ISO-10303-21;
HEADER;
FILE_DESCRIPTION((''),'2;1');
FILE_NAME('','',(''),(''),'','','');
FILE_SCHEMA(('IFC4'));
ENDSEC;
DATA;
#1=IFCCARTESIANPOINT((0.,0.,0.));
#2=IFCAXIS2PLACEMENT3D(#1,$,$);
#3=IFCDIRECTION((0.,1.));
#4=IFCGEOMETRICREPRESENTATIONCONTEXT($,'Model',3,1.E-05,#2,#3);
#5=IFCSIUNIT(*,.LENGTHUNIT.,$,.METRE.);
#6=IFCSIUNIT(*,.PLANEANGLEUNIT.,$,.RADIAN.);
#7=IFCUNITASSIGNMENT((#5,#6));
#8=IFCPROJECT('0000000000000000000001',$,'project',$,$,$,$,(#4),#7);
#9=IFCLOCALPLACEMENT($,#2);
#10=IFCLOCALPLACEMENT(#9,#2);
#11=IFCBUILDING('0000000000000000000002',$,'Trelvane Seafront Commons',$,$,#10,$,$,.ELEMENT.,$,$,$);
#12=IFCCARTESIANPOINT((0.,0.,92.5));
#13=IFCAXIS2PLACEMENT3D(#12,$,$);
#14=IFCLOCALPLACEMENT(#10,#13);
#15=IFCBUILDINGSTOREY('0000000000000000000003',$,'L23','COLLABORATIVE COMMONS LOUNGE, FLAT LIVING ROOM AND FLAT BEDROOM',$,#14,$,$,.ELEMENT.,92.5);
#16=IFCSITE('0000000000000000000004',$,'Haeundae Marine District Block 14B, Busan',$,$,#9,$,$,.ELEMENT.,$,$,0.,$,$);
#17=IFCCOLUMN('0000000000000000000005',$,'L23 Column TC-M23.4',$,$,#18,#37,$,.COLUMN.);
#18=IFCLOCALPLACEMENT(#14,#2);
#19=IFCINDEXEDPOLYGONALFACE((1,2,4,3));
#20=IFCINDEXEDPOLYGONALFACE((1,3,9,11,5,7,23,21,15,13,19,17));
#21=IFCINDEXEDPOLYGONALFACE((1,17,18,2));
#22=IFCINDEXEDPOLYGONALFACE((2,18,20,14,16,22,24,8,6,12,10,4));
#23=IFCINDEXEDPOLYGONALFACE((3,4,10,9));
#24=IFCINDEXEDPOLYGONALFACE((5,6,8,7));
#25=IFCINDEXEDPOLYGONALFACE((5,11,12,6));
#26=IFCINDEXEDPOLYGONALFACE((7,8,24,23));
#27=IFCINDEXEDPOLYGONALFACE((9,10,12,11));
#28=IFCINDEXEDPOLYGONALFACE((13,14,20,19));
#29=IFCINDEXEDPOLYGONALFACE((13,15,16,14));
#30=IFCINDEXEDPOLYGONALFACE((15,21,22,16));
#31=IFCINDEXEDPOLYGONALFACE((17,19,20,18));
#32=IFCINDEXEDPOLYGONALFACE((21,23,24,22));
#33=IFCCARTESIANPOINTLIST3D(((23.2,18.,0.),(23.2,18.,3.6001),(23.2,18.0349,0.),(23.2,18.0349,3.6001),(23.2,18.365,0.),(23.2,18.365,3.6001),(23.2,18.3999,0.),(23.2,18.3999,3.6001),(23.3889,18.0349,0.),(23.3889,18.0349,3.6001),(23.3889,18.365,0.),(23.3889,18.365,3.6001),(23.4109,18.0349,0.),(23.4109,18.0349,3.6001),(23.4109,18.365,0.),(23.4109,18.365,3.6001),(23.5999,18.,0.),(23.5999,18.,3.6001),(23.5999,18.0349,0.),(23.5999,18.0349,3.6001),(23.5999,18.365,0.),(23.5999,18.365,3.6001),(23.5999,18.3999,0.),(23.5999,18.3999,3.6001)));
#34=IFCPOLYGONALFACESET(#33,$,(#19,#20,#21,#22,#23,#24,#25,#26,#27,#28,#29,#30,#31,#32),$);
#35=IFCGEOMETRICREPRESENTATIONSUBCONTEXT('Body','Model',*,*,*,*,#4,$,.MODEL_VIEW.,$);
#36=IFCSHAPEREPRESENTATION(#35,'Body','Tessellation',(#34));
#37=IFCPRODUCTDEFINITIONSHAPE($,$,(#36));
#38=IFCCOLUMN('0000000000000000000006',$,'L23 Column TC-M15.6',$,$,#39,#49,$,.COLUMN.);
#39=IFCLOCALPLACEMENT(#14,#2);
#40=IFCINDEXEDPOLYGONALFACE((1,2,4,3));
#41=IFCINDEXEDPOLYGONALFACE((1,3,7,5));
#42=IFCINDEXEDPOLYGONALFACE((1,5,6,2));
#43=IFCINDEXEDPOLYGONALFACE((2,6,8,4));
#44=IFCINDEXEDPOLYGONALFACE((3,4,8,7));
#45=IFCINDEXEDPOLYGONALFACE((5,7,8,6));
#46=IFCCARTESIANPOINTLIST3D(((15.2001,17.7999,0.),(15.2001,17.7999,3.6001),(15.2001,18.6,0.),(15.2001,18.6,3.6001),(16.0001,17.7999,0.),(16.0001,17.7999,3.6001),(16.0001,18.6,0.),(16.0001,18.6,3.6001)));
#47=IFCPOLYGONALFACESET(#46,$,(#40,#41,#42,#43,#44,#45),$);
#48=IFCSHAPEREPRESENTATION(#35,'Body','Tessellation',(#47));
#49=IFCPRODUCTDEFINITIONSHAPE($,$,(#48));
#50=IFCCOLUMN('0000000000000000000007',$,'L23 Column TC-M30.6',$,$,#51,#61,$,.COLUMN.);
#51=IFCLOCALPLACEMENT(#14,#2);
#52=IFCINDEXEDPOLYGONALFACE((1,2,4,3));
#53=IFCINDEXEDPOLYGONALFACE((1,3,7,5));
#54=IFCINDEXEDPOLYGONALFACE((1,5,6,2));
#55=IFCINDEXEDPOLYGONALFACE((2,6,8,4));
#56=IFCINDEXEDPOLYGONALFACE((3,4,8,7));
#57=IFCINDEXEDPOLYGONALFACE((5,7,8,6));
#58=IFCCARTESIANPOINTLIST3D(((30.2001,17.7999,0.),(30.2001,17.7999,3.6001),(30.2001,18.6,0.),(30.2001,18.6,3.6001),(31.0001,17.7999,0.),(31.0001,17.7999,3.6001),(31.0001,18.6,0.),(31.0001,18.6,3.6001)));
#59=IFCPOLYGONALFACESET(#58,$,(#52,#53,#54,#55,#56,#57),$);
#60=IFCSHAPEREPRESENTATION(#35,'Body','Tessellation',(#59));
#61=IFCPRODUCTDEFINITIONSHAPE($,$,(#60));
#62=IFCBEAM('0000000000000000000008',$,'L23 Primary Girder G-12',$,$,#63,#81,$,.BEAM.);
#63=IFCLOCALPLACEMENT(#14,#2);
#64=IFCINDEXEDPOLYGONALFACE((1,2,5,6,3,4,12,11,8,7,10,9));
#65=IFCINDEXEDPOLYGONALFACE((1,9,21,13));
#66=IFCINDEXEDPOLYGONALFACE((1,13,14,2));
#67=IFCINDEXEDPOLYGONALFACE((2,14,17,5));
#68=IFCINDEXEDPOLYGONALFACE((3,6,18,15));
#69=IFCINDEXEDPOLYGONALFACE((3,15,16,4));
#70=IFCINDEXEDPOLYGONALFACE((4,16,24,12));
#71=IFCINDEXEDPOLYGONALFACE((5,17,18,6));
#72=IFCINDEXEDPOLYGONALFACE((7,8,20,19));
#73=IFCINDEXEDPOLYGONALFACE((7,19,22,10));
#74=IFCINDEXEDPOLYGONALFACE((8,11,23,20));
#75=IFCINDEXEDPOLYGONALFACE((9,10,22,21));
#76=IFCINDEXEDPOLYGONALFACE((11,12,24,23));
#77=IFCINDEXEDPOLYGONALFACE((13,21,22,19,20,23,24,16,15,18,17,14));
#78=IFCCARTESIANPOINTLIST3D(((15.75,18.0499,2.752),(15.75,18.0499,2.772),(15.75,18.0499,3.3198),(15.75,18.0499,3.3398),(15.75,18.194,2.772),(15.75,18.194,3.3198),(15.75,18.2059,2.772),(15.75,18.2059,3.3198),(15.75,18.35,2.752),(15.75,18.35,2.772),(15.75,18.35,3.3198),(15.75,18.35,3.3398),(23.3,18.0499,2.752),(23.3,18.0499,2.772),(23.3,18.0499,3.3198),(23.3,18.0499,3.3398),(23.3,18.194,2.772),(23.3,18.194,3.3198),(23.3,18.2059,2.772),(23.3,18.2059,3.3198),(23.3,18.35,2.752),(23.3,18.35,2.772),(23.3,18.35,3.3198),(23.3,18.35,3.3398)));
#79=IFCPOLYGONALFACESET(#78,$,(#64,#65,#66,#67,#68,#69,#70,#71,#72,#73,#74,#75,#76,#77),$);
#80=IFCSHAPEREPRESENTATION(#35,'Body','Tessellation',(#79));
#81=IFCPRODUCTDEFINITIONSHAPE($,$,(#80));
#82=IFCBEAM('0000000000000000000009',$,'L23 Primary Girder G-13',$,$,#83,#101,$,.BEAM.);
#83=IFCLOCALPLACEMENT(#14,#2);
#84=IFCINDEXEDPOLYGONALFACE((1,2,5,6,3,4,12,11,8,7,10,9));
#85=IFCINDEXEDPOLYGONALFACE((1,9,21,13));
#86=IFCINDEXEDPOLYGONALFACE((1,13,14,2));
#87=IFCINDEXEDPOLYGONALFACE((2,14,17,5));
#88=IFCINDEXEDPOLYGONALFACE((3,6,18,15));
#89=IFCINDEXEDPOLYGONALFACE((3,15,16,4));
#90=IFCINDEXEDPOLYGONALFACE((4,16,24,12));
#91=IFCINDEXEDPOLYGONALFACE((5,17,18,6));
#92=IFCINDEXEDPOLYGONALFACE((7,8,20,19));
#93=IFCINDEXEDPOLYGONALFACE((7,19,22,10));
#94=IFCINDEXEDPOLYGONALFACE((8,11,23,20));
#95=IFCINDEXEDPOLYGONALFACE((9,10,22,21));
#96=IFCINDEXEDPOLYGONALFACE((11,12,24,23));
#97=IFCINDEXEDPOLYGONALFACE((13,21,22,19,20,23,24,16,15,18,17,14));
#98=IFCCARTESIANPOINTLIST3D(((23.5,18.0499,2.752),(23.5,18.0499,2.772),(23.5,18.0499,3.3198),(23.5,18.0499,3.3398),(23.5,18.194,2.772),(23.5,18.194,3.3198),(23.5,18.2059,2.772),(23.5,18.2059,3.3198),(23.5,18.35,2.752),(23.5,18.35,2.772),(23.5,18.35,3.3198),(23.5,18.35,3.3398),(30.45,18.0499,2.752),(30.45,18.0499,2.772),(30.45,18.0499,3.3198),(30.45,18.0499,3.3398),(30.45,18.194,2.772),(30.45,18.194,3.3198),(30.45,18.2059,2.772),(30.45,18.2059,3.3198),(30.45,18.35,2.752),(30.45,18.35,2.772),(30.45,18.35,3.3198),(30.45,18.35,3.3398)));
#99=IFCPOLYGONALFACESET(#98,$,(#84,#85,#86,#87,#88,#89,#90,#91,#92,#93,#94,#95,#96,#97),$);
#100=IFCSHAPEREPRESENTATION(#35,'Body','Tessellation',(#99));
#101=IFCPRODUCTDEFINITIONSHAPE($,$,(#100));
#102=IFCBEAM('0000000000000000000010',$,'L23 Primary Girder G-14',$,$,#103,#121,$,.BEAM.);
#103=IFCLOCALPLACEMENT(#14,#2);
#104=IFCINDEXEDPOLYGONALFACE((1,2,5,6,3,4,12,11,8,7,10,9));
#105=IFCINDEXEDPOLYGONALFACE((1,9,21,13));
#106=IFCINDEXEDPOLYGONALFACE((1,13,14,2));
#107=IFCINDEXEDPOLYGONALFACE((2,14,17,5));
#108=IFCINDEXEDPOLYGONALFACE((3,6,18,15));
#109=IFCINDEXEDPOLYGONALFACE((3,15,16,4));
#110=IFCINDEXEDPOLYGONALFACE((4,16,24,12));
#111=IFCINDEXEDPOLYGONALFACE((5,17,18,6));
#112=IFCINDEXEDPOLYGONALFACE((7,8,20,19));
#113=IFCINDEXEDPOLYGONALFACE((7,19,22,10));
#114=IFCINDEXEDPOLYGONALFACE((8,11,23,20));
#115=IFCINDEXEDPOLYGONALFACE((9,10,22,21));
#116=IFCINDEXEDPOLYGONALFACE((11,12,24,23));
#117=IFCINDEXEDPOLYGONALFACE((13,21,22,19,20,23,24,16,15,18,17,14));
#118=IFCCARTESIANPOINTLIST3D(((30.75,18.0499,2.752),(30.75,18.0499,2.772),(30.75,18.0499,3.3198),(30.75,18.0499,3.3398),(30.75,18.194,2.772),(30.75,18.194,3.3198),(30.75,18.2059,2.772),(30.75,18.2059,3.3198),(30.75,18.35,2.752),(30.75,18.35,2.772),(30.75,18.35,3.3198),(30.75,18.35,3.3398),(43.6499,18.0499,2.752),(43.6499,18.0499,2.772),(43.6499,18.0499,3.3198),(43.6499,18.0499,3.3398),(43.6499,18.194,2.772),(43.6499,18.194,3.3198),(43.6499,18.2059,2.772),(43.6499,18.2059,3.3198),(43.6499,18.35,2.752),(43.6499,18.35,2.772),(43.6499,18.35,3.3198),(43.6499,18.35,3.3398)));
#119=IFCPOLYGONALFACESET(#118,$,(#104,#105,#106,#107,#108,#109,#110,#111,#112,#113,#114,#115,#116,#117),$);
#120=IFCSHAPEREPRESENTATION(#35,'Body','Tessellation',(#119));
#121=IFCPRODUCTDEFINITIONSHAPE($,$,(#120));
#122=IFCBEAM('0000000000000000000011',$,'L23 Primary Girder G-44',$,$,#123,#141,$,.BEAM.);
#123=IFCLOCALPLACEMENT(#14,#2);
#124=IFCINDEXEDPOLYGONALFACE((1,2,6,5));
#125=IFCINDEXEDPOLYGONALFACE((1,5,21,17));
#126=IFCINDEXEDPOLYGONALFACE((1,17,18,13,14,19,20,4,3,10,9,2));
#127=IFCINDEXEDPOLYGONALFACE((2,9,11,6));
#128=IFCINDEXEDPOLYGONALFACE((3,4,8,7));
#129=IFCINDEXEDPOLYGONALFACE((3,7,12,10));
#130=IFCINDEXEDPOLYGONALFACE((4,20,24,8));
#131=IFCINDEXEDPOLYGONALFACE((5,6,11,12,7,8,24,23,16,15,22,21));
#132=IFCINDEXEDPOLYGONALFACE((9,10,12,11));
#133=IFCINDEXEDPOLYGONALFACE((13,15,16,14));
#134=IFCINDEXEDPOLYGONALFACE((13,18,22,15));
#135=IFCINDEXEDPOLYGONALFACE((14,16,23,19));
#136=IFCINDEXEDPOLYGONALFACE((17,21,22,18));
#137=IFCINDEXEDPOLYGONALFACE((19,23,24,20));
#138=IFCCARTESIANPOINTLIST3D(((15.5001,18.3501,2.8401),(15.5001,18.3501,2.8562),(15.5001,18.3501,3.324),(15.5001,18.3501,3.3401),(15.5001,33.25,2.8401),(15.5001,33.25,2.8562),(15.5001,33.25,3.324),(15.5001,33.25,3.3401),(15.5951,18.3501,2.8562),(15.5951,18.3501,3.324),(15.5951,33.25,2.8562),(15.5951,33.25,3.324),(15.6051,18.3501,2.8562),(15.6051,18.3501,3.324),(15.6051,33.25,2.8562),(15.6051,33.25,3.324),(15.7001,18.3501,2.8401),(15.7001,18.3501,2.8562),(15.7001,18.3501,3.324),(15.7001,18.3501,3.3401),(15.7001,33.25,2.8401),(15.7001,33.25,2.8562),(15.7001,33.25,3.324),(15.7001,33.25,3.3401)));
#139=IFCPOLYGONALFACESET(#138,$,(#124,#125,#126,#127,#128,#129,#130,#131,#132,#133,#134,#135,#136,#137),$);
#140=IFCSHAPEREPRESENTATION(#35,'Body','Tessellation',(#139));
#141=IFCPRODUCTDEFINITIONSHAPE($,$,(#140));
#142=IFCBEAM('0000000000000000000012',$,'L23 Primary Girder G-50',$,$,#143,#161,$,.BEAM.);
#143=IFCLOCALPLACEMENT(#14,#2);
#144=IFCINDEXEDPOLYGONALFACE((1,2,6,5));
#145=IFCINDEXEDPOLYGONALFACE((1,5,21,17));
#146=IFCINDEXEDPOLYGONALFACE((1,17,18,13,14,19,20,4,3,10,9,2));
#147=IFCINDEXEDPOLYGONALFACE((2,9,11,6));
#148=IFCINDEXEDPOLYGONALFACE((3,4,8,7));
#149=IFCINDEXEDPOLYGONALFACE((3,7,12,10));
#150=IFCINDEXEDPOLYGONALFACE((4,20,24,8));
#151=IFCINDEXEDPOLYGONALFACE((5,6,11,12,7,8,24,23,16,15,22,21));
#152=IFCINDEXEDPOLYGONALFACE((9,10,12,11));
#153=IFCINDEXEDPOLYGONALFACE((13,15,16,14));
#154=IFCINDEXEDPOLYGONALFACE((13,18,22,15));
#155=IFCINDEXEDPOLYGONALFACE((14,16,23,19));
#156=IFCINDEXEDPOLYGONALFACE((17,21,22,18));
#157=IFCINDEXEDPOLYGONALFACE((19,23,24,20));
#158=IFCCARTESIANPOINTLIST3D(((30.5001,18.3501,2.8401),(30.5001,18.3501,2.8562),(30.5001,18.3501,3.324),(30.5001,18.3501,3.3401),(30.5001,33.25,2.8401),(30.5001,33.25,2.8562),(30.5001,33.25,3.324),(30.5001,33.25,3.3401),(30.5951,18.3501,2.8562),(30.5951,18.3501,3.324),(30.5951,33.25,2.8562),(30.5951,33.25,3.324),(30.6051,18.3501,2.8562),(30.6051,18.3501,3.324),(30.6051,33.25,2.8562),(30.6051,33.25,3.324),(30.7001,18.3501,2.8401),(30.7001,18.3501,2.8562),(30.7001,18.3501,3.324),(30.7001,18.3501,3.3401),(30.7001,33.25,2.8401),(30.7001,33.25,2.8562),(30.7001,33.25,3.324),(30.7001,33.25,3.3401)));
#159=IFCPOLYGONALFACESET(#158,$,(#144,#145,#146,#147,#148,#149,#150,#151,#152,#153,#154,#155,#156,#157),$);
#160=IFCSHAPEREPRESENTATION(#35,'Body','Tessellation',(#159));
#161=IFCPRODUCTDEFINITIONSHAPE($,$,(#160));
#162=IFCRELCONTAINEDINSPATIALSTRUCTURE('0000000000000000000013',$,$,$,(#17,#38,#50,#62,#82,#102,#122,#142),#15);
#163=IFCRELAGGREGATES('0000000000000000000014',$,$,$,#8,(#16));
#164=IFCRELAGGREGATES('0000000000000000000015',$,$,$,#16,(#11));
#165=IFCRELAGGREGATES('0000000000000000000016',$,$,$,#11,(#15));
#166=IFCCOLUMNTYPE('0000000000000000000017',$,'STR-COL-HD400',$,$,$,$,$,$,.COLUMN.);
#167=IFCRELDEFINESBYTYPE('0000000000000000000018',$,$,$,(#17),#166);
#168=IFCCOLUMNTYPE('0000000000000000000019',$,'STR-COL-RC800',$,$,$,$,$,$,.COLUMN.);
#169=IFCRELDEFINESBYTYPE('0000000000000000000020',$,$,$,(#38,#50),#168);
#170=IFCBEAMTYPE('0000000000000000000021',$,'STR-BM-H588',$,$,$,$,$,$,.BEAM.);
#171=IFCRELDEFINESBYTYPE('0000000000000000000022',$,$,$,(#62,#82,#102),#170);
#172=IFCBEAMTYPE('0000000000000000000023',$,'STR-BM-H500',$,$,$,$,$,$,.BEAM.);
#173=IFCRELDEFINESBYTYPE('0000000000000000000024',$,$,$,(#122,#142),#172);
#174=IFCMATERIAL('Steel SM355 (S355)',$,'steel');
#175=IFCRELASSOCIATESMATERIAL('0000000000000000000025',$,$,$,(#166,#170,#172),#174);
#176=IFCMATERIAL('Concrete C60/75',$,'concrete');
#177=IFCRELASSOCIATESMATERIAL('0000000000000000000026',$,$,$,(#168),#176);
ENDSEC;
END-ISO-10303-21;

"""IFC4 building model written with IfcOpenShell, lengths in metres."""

from ifc_helpers import new_model, si_unit, direction, frame, origin, origin_2d, place, context, subcontext, project, spatial, rectangle, i_section, extrude, source, transform, mapped, material, material_profile, profile_set, type_object, element, save


model = new_model("IFC4")

# Units and contexts
model_context = context("Model", 3, precision=1e-05, world=origin(), true_north=direction((0.0, 1.0)))
body_context = subcontext(model_context, "Body", "Model", "MODEL_VIEW")
ifc_project = project(units=[si_unit("LENGTHUNIT", "METRE"), si_unit("PLANEANGLEUNIT", "RADIAN")], contexts=[model_context])

# Site, building, storey
site_placement = place(None, origin())
site = spatial("IfcSite", under=ifc_project, at=site_placement, Name="Haeundae Marine District Block 14B, Busan", CompositionType="ELEMENT", RefElevation=0.0)
building_placement = place(site_placement, origin())
building = spatial("IfcBuilding", under=site, at=building_placement, Name="Trelvane Seafront Commons", CompositionType="ELEMENT")
storey_placement = place(building_placement, frame((0.0, 0.0, 92.5)))
storey = spatial("IfcBuildingStorey", under=building, at=storey_placement, Name="L23", Description="COLLABORATIVE COMMONS LOUNGE, FLAT LIVING ROOM AND FLAT BEDROOM", CompositionType="ELEMENT", Elevation=92.5)

# Columns
ifc_material_1 = material(Name="Steel SM355 (S355)", Category="steel")
ifc_material_profile_1 = material_profile(ifc_material_1, i_section(OverallWidth=0.3999, OverallDepth=0.3999, WebThickness=0.022, FlangeThickness=0.0349, at=origin_2d()), Name="HD-400x400x22x35")
ifc_profile_set_1 = profile_set([ifc_material_profile_1], Name="Steel SM355 (S355)")
column_type_1 = type_object("IfcColumnType", Name="STR-COL-HD400", PredefinedType="COLUMN", material=ifc_profile_set_1)
shared_shape_1 = source(origin(), body_context, "Body", "SweptSolid", [
    extrude(i_section(OverallWidth=0.3999, OverallDepth=0.3999, WebThickness=0.022, FlangeThickness=0.0349, at=origin_2d()), origin(), (0.0, 0.0, 1.0), 3.6001),
])
column_placement = place(storey_placement, frame((23.3999, 18.2, 0.0), z_axis=(0.0, 0.0, 1.0), x_axis=(1.0, 0.0, 0.0)))
element("IfcColumn", 1, at=column_placement, inside=storey, type_object=column_type_1, Name="L23 Column TC-M23.4", PredefinedType="COLUMN", context=body_context, shape_type="MappedRepresentation", body=[
    mapped(shared_shape_1, transform((0.0, 0.0, 0.0), x_axis=(1.0, 0.0, 0.0), y_axis=(0.0, 1.0, 0.0), z_axis=(0.0, 0.0, 1.0), scale=1.0)),
])
ifc_material_2 = material(Name="Concrete C60/75", Category="concrete")
ifc_material_profile_2 = material_profile(ifc_material_2, rectangle(XDim=0.8, YDim=0.8, at=origin_2d()), Name="RC-800x800")
ifc_profile_set_2 = profile_set([ifc_material_profile_2], Name="Concrete C60/75")
column_type_2 = type_object("IfcColumnType", Name="STR-COL-RC800", PredefinedType="COLUMN", material=ifc_profile_set_2)
shared_shape_2 = source(origin(), body_context, "Body", "SweptSolid", [
    extrude(rectangle(XDim=0.8, YDim=0.8, at=origin_2d()), origin(), (0.0, 0.0, 1.0), 3.6001),
])
for number, where, z_axis, x_axis, name in (
    (2, (15.6001, 18.2, 0.0), (0.0, 0.0, 1.0), (1.0, 0.0, 0.0), "L23 Column TC-M15.6"),
    (3, (30.6001, 18.2, 0.0), (0.0, 0.0, 1.0), (1.0, 0.0, 0.0), "L23 Column TC-M30.6"),
):
    element("IfcColumn", number, at=place(storey_placement, frame(where, z_axis=z_axis, x_axis=x_axis)), inside=storey, type_object=column_type_2, Name=name, PredefinedType="COLUMN", context=body_context, shape_type="MappedRepresentation", body=[
        mapped(shared_shape_2, transform((0.0, 0.0, 0.0), x_axis=(1.0, 0.0, 0.0), y_axis=(0.0, 1.0, 0.0), z_axis=(0.0, 0.0, 1.0), scale=1.0)),
    ])

# Beams
ifc_material_profile_3 = material_profile(ifc_material_1, i_section(OverallWidth=0.3, OverallDepth=0.5879, WebThickness=0.012, FlangeThickness=0.02, at=origin_2d()), Name="H-588x300x12x20")
ifc_profile_set_3 = profile_set([ifc_material_profile_3], Name="Steel SM355 (S355)")
beam_type_1 = type_object("IfcBeamType", Name="STR-BM-H588", PredefinedType="BEAM", material=ifc_profile_set_3)
shared_shape_3 = source(origin(), body_context, "Body", "SweptSolid", [
    extrude(i_section(OverallWidth=0.3, OverallDepth=0.5879, WebThickness=0.012, FlangeThickness=0.02, at=origin_2d()), origin(), (0.0, 0.0, 1.0), 7.55),
])
beam_1_placement = place(storey_placement, frame((15.75, 18.2, 3.0459), z_axis=(1.0, 0.0, 0.0), x_axis=(0.0, 1.0, 0.0)))
element("IfcBeam", 4, at=beam_1_placement, inside=storey, type_object=beam_type_1, Name="L23 Primary Girder G-12", PredefinedType="BEAM", context=body_context, shape_type="MappedRepresentation", body=[
    mapped(shared_shape_3, transform((0.0, 0.0, 0.0), x_axis=(1.0, 0.0, 0.0), y_axis=(0.0, 1.0, 0.0), z_axis=(0.0, 0.0, 1.0), scale=1.0)),
])
shared_shape_4 = source(origin(), body_context, "Body", "SweptSolid", [
    extrude(i_section(OverallWidth=0.3, OverallDepth=0.5879, WebThickness=0.012, FlangeThickness=0.02, at=origin_2d()), origin(), (0.0, 0.0, 1.0), 6.95),
])
beam_2_placement = place(storey_placement, frame((23.5, 18.2, 3.0459), z_axis=(1.0, 0.0, 0.0), x_axis=(0.0, 1.0, 0.0)))
element("IfcBeam", 5, at=beam_2_placement, inside=storey, type_object=beam_type_1, Name="L23 Primary Girder G-13", PredefinedType="BEAM", context=body_context, shape_type="MappedRepresentation", body=[
    mapped(shared_shape_4, transform((0.0, 0.0, 0.0), x_axis=(1.0, 0.0, 0.0), y_axis=(0.0, 1.0, 0.0), z_axis=(0.0, 0.0, 1.0), scale=1.0)),
])
shared_shape_5 = source(origin(), body_context, "Body", "SweptSolid", [
    extrude(i_section(OverallWidth=0.3, OverallDepth=0.5879, WebThickness=0.012, FlangeThickness=0.02, at=origin_2d()), origin(), (0.0, 0.0, 1.0), 12.8999),
])
beam_3_placement = place(storey_placement, frame((30.75, 18.2, 3.0459), z_axis=(1.0, 0.0, 0.0), x_axis=(0.0, 1.0, 0.0)))
element("IfcBeam", 6, at=beam_3_placement, inside=storey, type_object=beam_type_1, Name="L23 Primary Girder G-14", PredefinedType="BEAM", context=body_context, shape_type="MappedRepresentation", body=[
    mapped(shared_shape_5, transform((0.0, 0.0, 0.0), x_axis=(1.0, 0.0, 0.0), y_axis=(0.0, 1.0, 0.0), z_axis=(0.0, 0.0, 1.0), scale=1.0)),
])
ifc_material_profile_4 = material_profile(ifc_material_1, i_section(OverallWidth=0.2, OverallDepth=0.5, WebThickness=0.01, FlangeThickness=0.0161, at=origin_2d()), Name="H-500x200x10x16")
ifc_profile_set_4 = profile_set([ifc_material_profile_4], Name="Steel SM355 (S355)")
beam_type_2 = type_object("IfcBeamType", Name="STR-BM-H500", PredefinedType="BEAM", material=ifc_profile_set_4)
shared_shape_6 = source(origin(), body_context, "Body", "SweptSolid", [
    extrude(i_section(OverallWidth=0.2, OverallDepth=0.5, WebThickness=0.01, FlangeThickness=0.0161, at=origin_2d()), origin(), (0.0, 0.0, 1.0), 14.8999),
])
for number, where, z_axis, x_axis, name in (
    (7, (15.6001, 18.3501, 3.0901), (0.0, 1.0, 0.0), (-1.0, 0.0, 0.0), "L23 Primary Girder G-44"),
    (8, (30.6001, 18.3501, 3.0901), (0.0, 1.0, 0.0), (-1.0, 0.0, 0.0), "L23 Primary Girder G-50"),
):
    element("IfcBeam", number, at=place(storey_placement, frame(where, z_axis=z_axis, x_axis=x_axis)), inside=storey, type_object=beam_type_2, Name=name, PredefinedType="BEAM", context=body_context, shape_type="MappedRepresentation", body=[
        mapped(shared_shape_6, transform((0.0, 0.0, 0.0), x_axis=(1.0, 0.0, 0.0), y_axis=(0.0, 1.0, 0.0), z_axis=(0.0, 0.0, 1.0), scale=1.0)),
    ])

save(model, "model.ifc")
